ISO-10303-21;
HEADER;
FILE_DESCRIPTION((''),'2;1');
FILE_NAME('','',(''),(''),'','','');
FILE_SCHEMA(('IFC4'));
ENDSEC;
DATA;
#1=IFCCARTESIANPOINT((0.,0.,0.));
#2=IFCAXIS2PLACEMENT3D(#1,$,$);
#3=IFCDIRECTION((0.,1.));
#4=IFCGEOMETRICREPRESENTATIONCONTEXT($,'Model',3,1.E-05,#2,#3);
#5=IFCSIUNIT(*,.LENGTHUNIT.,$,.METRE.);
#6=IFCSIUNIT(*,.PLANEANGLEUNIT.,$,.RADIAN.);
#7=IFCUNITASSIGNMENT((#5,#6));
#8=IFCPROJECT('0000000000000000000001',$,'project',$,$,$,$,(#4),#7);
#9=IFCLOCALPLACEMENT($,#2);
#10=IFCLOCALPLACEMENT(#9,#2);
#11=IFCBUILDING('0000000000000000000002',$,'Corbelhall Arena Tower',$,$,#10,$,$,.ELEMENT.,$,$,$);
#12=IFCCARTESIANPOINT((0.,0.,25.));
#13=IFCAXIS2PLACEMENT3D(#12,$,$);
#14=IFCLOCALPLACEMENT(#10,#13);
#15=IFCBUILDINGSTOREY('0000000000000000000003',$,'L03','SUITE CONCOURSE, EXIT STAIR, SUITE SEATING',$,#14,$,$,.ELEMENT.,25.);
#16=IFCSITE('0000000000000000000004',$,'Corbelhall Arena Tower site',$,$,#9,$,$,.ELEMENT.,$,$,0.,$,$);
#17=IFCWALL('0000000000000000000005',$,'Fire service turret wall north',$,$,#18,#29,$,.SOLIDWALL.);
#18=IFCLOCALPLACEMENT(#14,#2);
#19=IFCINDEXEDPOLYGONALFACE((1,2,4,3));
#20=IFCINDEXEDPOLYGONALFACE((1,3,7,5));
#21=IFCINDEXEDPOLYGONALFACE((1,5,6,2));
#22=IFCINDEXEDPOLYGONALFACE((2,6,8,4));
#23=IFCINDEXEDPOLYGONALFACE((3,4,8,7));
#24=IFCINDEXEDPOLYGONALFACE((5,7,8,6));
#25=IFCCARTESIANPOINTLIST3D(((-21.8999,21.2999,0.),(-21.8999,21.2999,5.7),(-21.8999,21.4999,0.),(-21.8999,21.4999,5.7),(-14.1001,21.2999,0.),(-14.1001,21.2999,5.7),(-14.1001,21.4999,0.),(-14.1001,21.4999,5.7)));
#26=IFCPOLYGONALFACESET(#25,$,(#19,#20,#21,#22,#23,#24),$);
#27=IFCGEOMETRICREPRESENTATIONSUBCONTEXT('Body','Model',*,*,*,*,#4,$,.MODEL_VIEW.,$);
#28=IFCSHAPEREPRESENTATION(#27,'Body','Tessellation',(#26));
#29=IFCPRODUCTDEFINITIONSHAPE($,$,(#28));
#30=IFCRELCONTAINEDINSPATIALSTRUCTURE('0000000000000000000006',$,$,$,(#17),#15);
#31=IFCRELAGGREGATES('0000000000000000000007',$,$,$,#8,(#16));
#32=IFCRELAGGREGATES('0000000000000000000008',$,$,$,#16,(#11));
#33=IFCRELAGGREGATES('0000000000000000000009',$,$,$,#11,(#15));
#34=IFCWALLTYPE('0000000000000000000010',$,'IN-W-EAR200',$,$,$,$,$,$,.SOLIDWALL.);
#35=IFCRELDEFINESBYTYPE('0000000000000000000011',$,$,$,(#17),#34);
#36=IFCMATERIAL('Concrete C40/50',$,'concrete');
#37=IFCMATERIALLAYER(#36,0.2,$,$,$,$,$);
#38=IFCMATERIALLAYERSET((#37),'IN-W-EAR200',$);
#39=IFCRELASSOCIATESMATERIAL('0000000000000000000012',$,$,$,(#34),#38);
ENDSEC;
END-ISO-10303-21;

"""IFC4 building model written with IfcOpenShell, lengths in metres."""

from ifc_helpers import new_model, si_unit, direction, frame, frame_2d, origin, place, context, subcontext, project, spatial, rectangle, extrude, material, layer, layer_set, type_object, element, save


model = new_model("IFC4")

# Units and contexts
model_context = context("Model", 3, precision=1e-05, world=origin(), true_north=direction((0.0, 1.0)))
body_context = subcontext(model_context, "Body", "Model", "MODEL_VIEW")
ifc_project = project(units=[si_unit("LENGTHUNIT", "METRE"), si_unit("PLANEANGLEUNIT", "RADIAN")], contexts=[model_context])

# Site, building, storey
site_placement = place(None, origin())
site = spatial("IfcSite", under=ifc_project, at=site_placement, Name="Corbelhall Arena Tower site", CompositionType="ELEMENT", RefElevation=0.0)
building_placement = place(site_placement, origin())
building = spatial("IfcBuilding", under=site, at=building_placement, Name="Corbelhall Arena Tower", CompositionType="ELEMENT")
storey_placement = place(building_placement, frame((0.0, 0.0, 25.0)))
storey = spatial("IfcBuildingStorey", under=building, at=storey_placement, Name="L03", Description="SUITE CONCOURSE, EXIT STAIR, SUITE SEATING", CompositionType="ELEMENT", Elevation=25.0)

# Wall
ifc_material_1 = material(Name="Concrete C40/50", Category="concrete")
ifc_layer_1 = layer(ifc_material_1, 0.2)
ifc_layer_set_1 = layer_set([ifc_layer_1], Name="IN-W-EAR200")
wall_type_1 = type_object("IfcWallType", Name="IN-W-EAR200", PredefinedType="SOLIDWALL", material=ifc_layer_set_1)
wall_1_placement = place(storey_placement, frame((-21.8999, 21.3999, 0.0), z_axis=(0.0, 0.0, 1.0), x_axis=(1.0, 0.0, 0.0)))
element("IfcWall", 1, at=wall_1_placement, inside=storey, type_object=wall_type_1, Name="Fire service turret wall north", PredefinedType="SOLIDWALL", context=body_context, shape_type="SweptSolid", body=[
    extrude(rectangle(XDim=7.7998, YDim=0.2, at=frame_2d((3.8999, 0.0))), origin(), (0.0, 0.0, 1.0), 5.7),
])

save(model, "model.ifc")
